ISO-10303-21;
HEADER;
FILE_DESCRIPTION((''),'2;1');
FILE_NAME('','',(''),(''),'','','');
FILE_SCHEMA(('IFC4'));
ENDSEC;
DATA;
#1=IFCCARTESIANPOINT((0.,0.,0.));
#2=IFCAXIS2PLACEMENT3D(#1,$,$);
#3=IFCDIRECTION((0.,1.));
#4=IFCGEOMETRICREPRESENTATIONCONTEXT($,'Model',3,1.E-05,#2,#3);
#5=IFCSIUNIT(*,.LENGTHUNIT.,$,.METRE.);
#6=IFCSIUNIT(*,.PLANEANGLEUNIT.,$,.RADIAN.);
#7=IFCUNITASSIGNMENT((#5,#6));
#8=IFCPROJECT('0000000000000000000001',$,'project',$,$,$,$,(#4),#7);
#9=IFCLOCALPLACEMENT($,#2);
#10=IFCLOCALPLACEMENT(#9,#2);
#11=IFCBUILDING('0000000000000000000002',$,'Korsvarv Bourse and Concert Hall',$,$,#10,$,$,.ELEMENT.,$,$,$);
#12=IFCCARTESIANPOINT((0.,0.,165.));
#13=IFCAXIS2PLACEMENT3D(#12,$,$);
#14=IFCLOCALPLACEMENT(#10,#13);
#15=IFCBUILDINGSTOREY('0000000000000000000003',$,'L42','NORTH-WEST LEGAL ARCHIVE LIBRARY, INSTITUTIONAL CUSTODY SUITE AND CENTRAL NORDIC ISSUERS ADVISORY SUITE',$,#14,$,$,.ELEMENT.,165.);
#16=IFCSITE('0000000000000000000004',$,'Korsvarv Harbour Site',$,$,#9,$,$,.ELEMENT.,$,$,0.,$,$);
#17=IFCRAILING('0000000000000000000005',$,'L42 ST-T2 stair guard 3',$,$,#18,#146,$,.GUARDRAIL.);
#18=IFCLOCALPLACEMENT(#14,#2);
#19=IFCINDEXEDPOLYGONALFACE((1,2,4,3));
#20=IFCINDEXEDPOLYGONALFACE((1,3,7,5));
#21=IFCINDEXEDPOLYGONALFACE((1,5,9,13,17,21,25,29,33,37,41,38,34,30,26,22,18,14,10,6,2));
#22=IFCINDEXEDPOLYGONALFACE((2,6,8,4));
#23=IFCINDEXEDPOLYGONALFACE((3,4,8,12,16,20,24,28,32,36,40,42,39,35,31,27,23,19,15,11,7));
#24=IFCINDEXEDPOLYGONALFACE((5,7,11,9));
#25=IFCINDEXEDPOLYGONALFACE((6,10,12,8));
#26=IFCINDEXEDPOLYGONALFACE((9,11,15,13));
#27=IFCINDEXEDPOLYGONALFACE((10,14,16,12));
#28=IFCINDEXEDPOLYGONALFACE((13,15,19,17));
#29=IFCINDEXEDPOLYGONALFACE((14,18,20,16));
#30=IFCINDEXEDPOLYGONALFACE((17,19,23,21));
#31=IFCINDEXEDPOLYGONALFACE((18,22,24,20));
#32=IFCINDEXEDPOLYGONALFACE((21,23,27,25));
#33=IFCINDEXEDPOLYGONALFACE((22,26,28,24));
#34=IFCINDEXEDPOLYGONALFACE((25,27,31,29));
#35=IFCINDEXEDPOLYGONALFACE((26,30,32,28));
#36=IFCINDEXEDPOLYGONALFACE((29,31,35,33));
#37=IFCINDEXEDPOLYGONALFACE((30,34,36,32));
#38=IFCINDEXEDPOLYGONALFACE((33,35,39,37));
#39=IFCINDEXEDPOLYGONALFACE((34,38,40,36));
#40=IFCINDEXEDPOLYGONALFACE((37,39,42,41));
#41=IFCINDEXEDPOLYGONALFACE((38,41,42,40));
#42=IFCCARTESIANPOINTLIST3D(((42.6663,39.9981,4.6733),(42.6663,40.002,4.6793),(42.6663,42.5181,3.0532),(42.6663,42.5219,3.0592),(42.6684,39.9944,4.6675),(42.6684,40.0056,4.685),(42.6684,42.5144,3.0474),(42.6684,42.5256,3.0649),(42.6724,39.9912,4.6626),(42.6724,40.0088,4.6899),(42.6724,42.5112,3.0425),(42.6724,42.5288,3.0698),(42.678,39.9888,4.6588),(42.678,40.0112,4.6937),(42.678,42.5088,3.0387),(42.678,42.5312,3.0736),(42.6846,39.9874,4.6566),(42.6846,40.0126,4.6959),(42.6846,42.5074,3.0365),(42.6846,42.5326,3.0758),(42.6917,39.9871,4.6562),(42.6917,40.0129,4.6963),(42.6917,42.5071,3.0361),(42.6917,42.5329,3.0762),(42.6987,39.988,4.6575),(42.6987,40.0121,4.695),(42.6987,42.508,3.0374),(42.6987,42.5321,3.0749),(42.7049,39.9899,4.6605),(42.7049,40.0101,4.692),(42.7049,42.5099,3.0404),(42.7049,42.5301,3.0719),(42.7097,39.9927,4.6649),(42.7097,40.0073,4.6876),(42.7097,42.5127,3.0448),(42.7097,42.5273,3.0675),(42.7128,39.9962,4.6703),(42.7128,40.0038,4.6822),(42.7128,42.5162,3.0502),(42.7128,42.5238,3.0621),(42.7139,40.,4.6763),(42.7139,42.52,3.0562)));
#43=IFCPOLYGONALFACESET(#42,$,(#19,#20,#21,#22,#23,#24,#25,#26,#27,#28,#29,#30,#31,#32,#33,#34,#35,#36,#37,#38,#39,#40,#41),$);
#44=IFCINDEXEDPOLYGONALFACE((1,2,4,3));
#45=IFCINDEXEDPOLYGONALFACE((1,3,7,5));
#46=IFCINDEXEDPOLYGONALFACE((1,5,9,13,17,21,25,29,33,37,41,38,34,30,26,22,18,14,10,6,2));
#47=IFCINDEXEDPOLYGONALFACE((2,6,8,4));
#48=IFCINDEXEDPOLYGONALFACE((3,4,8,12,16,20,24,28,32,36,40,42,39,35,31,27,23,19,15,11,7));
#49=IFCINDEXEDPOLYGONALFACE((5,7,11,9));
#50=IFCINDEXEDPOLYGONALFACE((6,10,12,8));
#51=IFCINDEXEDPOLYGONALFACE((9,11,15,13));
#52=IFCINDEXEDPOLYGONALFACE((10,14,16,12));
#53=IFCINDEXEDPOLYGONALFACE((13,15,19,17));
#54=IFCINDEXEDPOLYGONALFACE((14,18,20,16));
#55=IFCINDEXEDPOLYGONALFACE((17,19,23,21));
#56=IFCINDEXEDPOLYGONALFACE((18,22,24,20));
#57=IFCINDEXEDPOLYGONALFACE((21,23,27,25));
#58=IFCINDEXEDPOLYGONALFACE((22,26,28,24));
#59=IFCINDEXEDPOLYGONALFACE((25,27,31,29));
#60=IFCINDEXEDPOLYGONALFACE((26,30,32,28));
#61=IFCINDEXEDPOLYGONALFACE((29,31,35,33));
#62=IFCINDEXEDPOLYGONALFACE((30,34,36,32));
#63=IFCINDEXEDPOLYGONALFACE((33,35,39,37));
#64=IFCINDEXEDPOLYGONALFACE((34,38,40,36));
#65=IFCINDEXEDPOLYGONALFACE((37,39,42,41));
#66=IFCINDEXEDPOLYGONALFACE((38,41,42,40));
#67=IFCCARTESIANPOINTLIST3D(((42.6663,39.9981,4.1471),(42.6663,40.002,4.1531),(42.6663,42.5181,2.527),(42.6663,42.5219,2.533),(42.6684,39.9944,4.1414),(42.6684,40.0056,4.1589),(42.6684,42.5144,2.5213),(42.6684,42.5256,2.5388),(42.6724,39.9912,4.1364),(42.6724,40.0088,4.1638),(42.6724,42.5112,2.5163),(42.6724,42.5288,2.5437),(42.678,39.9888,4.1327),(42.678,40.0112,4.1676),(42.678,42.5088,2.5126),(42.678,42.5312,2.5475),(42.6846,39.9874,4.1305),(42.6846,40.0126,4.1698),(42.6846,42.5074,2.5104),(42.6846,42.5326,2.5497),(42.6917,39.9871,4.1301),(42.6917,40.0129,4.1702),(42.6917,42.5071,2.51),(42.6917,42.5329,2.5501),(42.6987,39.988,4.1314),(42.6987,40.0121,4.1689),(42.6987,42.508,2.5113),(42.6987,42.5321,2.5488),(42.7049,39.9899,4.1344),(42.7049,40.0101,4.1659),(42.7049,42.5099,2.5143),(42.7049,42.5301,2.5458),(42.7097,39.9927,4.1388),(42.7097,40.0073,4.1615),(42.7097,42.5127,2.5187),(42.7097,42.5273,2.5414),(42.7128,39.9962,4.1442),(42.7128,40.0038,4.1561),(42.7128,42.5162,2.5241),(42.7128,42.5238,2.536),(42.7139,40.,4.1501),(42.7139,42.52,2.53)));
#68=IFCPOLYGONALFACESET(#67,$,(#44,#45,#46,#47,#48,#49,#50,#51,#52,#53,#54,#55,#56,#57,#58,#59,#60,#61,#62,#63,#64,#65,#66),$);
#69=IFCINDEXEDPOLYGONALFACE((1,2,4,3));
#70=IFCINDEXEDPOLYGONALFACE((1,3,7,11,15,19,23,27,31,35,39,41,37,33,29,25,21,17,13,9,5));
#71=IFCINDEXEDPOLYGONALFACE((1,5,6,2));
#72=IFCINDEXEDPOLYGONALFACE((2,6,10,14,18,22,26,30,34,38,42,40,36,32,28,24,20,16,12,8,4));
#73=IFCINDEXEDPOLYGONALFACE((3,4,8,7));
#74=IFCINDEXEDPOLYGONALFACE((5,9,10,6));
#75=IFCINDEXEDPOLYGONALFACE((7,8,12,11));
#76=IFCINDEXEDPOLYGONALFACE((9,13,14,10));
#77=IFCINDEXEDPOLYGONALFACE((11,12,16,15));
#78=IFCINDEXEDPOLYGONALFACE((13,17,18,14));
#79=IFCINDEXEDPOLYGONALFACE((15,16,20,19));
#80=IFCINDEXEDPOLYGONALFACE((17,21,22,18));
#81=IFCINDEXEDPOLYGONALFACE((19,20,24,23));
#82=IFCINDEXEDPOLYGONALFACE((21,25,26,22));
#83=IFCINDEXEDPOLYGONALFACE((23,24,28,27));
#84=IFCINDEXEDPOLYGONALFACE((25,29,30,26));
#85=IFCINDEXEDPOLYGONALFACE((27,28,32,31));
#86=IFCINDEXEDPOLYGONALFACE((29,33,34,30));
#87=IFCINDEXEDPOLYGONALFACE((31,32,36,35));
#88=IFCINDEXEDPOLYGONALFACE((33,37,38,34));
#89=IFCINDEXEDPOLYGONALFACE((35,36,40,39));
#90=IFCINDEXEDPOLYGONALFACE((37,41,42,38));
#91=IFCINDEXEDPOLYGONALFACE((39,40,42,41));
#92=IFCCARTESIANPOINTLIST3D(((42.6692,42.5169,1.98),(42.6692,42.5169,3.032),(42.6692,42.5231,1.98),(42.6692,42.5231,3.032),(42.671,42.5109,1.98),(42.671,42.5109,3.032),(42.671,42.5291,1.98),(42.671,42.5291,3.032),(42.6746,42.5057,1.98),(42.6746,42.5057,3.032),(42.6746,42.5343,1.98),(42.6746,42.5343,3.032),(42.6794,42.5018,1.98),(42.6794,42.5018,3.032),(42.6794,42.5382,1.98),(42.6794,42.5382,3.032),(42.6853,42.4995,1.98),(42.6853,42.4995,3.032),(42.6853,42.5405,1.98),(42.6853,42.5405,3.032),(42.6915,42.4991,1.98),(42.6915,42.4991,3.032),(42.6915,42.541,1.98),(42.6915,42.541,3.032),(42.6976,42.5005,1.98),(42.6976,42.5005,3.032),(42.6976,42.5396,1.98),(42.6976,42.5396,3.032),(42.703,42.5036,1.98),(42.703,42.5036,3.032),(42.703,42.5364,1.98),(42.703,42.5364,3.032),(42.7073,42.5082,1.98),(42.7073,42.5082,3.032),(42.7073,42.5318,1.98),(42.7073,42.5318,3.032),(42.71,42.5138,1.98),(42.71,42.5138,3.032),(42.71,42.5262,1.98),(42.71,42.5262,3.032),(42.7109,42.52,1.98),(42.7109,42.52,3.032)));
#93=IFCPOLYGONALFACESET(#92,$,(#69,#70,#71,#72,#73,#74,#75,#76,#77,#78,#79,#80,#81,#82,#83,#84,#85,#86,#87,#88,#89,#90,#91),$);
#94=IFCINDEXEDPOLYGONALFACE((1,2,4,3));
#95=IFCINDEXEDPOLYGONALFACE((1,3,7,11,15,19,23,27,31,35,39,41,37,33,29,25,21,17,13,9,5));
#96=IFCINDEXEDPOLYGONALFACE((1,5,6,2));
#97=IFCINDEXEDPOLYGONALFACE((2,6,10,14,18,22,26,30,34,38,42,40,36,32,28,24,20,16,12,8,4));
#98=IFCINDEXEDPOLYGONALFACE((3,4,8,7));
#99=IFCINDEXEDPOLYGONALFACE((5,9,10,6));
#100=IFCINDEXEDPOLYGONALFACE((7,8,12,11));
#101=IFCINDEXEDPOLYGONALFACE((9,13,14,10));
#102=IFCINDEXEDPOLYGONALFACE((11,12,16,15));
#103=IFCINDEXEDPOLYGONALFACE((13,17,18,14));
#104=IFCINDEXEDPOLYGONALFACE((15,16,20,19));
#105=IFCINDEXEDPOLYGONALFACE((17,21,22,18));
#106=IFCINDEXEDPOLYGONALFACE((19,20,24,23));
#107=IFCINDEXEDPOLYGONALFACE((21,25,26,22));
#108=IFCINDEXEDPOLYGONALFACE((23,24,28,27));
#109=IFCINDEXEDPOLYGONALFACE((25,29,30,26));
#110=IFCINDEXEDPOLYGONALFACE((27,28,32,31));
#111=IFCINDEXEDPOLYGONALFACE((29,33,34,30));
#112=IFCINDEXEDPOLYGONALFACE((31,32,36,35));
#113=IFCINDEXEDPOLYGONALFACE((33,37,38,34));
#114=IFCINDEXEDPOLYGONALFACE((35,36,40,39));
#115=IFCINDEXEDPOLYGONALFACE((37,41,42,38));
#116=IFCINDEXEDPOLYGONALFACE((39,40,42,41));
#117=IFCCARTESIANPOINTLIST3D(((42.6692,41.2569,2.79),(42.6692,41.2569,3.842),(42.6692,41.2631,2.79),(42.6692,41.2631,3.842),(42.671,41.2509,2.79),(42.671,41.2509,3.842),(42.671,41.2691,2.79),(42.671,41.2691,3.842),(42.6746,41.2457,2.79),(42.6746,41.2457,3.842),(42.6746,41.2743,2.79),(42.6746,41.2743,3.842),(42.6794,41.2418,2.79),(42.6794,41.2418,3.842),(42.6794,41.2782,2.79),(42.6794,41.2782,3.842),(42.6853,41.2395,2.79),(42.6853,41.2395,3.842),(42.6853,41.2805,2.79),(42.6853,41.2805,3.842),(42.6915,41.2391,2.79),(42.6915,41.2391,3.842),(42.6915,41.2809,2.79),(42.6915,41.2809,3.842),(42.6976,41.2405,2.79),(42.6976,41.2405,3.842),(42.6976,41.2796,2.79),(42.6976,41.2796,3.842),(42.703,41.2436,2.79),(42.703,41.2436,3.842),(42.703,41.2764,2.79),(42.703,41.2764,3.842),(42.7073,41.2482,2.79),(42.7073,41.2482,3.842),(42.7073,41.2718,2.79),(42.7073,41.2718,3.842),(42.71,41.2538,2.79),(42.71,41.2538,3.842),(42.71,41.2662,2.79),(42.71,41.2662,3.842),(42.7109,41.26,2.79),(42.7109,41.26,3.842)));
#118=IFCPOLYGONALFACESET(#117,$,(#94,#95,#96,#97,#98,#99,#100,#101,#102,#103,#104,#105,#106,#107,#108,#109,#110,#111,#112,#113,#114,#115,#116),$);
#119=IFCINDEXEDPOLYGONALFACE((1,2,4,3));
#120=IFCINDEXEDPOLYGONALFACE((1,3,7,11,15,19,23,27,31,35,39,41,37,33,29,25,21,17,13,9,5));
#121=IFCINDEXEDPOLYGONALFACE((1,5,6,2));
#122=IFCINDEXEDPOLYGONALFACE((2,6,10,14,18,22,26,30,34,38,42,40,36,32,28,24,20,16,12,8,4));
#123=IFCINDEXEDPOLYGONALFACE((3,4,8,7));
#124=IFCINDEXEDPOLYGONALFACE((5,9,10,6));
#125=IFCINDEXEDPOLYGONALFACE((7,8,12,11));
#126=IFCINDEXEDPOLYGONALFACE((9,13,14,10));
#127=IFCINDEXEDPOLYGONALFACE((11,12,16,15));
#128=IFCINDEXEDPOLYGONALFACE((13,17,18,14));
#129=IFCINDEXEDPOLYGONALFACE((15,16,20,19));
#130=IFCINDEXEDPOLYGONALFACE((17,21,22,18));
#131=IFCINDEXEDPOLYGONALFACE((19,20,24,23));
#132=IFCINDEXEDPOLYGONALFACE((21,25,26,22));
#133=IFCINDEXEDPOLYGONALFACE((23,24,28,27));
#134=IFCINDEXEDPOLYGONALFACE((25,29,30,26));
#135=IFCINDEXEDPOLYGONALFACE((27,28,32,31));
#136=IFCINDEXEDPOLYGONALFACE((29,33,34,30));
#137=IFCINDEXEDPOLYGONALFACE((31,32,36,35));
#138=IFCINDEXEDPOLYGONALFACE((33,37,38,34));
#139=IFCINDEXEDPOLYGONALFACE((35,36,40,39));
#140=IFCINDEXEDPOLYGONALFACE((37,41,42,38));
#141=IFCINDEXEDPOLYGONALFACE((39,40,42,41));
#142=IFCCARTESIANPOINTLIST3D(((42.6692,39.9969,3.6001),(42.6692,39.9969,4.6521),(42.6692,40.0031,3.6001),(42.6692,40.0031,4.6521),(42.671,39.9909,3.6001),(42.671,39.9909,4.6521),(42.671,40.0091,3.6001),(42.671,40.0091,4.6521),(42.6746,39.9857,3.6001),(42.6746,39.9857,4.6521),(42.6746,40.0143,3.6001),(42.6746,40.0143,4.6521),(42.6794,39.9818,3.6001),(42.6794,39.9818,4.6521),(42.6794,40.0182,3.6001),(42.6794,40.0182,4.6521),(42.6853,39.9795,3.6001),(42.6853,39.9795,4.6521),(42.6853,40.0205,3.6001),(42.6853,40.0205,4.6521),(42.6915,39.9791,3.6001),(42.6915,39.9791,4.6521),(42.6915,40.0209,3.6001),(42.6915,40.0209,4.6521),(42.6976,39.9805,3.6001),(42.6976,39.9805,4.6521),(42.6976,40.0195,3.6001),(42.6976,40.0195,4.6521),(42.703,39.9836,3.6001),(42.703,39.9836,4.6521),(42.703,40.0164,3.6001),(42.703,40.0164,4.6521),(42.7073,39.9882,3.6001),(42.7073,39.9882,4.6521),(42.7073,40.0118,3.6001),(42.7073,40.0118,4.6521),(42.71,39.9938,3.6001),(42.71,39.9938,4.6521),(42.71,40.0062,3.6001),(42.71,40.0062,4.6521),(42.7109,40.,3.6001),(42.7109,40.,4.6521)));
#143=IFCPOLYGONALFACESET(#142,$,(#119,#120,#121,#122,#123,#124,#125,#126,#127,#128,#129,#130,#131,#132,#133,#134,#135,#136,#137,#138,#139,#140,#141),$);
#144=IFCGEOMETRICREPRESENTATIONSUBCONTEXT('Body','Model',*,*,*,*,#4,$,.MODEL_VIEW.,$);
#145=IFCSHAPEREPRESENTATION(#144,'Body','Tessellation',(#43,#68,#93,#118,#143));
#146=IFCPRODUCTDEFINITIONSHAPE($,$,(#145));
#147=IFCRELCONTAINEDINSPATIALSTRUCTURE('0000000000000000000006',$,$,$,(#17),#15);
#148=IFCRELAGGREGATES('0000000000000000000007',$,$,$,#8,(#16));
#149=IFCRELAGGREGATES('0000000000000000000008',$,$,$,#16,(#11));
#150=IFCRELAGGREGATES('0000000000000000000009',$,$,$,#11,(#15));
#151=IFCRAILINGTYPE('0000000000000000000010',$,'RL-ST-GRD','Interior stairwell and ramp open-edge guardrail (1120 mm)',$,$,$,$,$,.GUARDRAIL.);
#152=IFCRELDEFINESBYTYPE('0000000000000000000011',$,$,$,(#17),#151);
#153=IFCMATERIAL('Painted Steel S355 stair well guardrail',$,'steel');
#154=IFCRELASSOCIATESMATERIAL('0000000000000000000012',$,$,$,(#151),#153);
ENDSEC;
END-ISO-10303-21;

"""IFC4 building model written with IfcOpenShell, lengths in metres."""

from ifc_helpers import new_model, si_unit, direction, frame, origin, origin_2d, place, context, subcontext, project, spatial, circle, extrude, material, type_object, element, save


model = new_model("IFC4")

# Units and contexts
model_context = context("Model", 3, precision=1e-05, world=origin(), true_north=direction((0.0, 1.0)))
body_context = subcontext(model_context, "Body", "Model", "MODEL_VIEW")
ifc_project = project(units=[si_unit("LENGTHUNIT", "METRE"), si_unit("PLANEANGLEUNIT", "RADIAN")], contexts=[model_context])

# Site, building, storey
site_placement = place(None, origin())
site = spatial("IfcSite", under=ifc_project, at=site_placement, Name="Korsvarv Harbour Site", CompositionType="ELEMENT", RefElevation=0.0)
building_placement = place(site_placement, origin())
building = spatial("IfcBuilding", under=site, at=building_placement, Name="Korsvarv Bourse and Concert Hall", CompositionType="ELEMENT")
storey_placement = place(building_placement, frame((0.0, 0.0, 165.0)))
storey = spatial("IfcBuildingStorey", under=building, at=storey_placement, Name="L42", Description="NORTH-WEST LEGAL ARCHIVE LIBRARY, INSTITUTIONAL CUSTODY SUITE AND CENTRAL NORDIC ISSUERS ADVISORY SUITE", CompositionType="ELEMENT", Elevation=165.0)

# Railing
ifc_material_1 = material(Name="Painted Steel S355 stair well guardrail", Category="steel")
railing_type_1 = type_object("IfcRailingType", Name="RL-ST-GRD", Description="Interior stairwell and ramp open-edge guardrail (1120 mm)", PredefinedType="GUARDRAIL", material=ifc_material_1)
railing_1_placement = place(storey_placement, frame((42.6899, 42.52, 1.98)))
element("IfcRailing", 1, at=railing_1_placement, inside=storey, type_object=railing_type_1, Name="L42 ST-T2 stair guard 3", PredefinedType="GUARDRAIL", context=body_context, shape_type="SweptSolid", body=[
    extrude(circle(Radius=0.0239, at=origin_2d()), frame((0.0, 0.0, 1.0762), z_axis=(0.0, -0.841163, 0.540782), x_axis=(1.0, 0.0, 0.0)), (0.0, 0.0, 1.0), 2.9958),
    extrude(circle(Radius=0.0239, at=origin_2d()), frame((0.0, 0.0, 0.55), z_axis=(0.0, -0.841163, 0.540782), x_axis=(1.0, 0.0, 0.0)), (0.0, 0.0, 1.0), 2.9958),
    extrude(circle(Radius=0.021, at=origin_2d()), origin(), (0.0, 0.0, 1.0), 1.052),
    extrude(circle(Radius=0.021, at=origin_2d()), frame((0.0, -1.26, 0.8101)), (0.0, 0.0, 1.0), 1.052),
    extrude(circle(Radius=0.021, at=origin_2d()), frame((0.0, -2.52, 1.6201)), (0.0, 0.0, 1.0), 1.052),
])

save(model, "model.ifc")
